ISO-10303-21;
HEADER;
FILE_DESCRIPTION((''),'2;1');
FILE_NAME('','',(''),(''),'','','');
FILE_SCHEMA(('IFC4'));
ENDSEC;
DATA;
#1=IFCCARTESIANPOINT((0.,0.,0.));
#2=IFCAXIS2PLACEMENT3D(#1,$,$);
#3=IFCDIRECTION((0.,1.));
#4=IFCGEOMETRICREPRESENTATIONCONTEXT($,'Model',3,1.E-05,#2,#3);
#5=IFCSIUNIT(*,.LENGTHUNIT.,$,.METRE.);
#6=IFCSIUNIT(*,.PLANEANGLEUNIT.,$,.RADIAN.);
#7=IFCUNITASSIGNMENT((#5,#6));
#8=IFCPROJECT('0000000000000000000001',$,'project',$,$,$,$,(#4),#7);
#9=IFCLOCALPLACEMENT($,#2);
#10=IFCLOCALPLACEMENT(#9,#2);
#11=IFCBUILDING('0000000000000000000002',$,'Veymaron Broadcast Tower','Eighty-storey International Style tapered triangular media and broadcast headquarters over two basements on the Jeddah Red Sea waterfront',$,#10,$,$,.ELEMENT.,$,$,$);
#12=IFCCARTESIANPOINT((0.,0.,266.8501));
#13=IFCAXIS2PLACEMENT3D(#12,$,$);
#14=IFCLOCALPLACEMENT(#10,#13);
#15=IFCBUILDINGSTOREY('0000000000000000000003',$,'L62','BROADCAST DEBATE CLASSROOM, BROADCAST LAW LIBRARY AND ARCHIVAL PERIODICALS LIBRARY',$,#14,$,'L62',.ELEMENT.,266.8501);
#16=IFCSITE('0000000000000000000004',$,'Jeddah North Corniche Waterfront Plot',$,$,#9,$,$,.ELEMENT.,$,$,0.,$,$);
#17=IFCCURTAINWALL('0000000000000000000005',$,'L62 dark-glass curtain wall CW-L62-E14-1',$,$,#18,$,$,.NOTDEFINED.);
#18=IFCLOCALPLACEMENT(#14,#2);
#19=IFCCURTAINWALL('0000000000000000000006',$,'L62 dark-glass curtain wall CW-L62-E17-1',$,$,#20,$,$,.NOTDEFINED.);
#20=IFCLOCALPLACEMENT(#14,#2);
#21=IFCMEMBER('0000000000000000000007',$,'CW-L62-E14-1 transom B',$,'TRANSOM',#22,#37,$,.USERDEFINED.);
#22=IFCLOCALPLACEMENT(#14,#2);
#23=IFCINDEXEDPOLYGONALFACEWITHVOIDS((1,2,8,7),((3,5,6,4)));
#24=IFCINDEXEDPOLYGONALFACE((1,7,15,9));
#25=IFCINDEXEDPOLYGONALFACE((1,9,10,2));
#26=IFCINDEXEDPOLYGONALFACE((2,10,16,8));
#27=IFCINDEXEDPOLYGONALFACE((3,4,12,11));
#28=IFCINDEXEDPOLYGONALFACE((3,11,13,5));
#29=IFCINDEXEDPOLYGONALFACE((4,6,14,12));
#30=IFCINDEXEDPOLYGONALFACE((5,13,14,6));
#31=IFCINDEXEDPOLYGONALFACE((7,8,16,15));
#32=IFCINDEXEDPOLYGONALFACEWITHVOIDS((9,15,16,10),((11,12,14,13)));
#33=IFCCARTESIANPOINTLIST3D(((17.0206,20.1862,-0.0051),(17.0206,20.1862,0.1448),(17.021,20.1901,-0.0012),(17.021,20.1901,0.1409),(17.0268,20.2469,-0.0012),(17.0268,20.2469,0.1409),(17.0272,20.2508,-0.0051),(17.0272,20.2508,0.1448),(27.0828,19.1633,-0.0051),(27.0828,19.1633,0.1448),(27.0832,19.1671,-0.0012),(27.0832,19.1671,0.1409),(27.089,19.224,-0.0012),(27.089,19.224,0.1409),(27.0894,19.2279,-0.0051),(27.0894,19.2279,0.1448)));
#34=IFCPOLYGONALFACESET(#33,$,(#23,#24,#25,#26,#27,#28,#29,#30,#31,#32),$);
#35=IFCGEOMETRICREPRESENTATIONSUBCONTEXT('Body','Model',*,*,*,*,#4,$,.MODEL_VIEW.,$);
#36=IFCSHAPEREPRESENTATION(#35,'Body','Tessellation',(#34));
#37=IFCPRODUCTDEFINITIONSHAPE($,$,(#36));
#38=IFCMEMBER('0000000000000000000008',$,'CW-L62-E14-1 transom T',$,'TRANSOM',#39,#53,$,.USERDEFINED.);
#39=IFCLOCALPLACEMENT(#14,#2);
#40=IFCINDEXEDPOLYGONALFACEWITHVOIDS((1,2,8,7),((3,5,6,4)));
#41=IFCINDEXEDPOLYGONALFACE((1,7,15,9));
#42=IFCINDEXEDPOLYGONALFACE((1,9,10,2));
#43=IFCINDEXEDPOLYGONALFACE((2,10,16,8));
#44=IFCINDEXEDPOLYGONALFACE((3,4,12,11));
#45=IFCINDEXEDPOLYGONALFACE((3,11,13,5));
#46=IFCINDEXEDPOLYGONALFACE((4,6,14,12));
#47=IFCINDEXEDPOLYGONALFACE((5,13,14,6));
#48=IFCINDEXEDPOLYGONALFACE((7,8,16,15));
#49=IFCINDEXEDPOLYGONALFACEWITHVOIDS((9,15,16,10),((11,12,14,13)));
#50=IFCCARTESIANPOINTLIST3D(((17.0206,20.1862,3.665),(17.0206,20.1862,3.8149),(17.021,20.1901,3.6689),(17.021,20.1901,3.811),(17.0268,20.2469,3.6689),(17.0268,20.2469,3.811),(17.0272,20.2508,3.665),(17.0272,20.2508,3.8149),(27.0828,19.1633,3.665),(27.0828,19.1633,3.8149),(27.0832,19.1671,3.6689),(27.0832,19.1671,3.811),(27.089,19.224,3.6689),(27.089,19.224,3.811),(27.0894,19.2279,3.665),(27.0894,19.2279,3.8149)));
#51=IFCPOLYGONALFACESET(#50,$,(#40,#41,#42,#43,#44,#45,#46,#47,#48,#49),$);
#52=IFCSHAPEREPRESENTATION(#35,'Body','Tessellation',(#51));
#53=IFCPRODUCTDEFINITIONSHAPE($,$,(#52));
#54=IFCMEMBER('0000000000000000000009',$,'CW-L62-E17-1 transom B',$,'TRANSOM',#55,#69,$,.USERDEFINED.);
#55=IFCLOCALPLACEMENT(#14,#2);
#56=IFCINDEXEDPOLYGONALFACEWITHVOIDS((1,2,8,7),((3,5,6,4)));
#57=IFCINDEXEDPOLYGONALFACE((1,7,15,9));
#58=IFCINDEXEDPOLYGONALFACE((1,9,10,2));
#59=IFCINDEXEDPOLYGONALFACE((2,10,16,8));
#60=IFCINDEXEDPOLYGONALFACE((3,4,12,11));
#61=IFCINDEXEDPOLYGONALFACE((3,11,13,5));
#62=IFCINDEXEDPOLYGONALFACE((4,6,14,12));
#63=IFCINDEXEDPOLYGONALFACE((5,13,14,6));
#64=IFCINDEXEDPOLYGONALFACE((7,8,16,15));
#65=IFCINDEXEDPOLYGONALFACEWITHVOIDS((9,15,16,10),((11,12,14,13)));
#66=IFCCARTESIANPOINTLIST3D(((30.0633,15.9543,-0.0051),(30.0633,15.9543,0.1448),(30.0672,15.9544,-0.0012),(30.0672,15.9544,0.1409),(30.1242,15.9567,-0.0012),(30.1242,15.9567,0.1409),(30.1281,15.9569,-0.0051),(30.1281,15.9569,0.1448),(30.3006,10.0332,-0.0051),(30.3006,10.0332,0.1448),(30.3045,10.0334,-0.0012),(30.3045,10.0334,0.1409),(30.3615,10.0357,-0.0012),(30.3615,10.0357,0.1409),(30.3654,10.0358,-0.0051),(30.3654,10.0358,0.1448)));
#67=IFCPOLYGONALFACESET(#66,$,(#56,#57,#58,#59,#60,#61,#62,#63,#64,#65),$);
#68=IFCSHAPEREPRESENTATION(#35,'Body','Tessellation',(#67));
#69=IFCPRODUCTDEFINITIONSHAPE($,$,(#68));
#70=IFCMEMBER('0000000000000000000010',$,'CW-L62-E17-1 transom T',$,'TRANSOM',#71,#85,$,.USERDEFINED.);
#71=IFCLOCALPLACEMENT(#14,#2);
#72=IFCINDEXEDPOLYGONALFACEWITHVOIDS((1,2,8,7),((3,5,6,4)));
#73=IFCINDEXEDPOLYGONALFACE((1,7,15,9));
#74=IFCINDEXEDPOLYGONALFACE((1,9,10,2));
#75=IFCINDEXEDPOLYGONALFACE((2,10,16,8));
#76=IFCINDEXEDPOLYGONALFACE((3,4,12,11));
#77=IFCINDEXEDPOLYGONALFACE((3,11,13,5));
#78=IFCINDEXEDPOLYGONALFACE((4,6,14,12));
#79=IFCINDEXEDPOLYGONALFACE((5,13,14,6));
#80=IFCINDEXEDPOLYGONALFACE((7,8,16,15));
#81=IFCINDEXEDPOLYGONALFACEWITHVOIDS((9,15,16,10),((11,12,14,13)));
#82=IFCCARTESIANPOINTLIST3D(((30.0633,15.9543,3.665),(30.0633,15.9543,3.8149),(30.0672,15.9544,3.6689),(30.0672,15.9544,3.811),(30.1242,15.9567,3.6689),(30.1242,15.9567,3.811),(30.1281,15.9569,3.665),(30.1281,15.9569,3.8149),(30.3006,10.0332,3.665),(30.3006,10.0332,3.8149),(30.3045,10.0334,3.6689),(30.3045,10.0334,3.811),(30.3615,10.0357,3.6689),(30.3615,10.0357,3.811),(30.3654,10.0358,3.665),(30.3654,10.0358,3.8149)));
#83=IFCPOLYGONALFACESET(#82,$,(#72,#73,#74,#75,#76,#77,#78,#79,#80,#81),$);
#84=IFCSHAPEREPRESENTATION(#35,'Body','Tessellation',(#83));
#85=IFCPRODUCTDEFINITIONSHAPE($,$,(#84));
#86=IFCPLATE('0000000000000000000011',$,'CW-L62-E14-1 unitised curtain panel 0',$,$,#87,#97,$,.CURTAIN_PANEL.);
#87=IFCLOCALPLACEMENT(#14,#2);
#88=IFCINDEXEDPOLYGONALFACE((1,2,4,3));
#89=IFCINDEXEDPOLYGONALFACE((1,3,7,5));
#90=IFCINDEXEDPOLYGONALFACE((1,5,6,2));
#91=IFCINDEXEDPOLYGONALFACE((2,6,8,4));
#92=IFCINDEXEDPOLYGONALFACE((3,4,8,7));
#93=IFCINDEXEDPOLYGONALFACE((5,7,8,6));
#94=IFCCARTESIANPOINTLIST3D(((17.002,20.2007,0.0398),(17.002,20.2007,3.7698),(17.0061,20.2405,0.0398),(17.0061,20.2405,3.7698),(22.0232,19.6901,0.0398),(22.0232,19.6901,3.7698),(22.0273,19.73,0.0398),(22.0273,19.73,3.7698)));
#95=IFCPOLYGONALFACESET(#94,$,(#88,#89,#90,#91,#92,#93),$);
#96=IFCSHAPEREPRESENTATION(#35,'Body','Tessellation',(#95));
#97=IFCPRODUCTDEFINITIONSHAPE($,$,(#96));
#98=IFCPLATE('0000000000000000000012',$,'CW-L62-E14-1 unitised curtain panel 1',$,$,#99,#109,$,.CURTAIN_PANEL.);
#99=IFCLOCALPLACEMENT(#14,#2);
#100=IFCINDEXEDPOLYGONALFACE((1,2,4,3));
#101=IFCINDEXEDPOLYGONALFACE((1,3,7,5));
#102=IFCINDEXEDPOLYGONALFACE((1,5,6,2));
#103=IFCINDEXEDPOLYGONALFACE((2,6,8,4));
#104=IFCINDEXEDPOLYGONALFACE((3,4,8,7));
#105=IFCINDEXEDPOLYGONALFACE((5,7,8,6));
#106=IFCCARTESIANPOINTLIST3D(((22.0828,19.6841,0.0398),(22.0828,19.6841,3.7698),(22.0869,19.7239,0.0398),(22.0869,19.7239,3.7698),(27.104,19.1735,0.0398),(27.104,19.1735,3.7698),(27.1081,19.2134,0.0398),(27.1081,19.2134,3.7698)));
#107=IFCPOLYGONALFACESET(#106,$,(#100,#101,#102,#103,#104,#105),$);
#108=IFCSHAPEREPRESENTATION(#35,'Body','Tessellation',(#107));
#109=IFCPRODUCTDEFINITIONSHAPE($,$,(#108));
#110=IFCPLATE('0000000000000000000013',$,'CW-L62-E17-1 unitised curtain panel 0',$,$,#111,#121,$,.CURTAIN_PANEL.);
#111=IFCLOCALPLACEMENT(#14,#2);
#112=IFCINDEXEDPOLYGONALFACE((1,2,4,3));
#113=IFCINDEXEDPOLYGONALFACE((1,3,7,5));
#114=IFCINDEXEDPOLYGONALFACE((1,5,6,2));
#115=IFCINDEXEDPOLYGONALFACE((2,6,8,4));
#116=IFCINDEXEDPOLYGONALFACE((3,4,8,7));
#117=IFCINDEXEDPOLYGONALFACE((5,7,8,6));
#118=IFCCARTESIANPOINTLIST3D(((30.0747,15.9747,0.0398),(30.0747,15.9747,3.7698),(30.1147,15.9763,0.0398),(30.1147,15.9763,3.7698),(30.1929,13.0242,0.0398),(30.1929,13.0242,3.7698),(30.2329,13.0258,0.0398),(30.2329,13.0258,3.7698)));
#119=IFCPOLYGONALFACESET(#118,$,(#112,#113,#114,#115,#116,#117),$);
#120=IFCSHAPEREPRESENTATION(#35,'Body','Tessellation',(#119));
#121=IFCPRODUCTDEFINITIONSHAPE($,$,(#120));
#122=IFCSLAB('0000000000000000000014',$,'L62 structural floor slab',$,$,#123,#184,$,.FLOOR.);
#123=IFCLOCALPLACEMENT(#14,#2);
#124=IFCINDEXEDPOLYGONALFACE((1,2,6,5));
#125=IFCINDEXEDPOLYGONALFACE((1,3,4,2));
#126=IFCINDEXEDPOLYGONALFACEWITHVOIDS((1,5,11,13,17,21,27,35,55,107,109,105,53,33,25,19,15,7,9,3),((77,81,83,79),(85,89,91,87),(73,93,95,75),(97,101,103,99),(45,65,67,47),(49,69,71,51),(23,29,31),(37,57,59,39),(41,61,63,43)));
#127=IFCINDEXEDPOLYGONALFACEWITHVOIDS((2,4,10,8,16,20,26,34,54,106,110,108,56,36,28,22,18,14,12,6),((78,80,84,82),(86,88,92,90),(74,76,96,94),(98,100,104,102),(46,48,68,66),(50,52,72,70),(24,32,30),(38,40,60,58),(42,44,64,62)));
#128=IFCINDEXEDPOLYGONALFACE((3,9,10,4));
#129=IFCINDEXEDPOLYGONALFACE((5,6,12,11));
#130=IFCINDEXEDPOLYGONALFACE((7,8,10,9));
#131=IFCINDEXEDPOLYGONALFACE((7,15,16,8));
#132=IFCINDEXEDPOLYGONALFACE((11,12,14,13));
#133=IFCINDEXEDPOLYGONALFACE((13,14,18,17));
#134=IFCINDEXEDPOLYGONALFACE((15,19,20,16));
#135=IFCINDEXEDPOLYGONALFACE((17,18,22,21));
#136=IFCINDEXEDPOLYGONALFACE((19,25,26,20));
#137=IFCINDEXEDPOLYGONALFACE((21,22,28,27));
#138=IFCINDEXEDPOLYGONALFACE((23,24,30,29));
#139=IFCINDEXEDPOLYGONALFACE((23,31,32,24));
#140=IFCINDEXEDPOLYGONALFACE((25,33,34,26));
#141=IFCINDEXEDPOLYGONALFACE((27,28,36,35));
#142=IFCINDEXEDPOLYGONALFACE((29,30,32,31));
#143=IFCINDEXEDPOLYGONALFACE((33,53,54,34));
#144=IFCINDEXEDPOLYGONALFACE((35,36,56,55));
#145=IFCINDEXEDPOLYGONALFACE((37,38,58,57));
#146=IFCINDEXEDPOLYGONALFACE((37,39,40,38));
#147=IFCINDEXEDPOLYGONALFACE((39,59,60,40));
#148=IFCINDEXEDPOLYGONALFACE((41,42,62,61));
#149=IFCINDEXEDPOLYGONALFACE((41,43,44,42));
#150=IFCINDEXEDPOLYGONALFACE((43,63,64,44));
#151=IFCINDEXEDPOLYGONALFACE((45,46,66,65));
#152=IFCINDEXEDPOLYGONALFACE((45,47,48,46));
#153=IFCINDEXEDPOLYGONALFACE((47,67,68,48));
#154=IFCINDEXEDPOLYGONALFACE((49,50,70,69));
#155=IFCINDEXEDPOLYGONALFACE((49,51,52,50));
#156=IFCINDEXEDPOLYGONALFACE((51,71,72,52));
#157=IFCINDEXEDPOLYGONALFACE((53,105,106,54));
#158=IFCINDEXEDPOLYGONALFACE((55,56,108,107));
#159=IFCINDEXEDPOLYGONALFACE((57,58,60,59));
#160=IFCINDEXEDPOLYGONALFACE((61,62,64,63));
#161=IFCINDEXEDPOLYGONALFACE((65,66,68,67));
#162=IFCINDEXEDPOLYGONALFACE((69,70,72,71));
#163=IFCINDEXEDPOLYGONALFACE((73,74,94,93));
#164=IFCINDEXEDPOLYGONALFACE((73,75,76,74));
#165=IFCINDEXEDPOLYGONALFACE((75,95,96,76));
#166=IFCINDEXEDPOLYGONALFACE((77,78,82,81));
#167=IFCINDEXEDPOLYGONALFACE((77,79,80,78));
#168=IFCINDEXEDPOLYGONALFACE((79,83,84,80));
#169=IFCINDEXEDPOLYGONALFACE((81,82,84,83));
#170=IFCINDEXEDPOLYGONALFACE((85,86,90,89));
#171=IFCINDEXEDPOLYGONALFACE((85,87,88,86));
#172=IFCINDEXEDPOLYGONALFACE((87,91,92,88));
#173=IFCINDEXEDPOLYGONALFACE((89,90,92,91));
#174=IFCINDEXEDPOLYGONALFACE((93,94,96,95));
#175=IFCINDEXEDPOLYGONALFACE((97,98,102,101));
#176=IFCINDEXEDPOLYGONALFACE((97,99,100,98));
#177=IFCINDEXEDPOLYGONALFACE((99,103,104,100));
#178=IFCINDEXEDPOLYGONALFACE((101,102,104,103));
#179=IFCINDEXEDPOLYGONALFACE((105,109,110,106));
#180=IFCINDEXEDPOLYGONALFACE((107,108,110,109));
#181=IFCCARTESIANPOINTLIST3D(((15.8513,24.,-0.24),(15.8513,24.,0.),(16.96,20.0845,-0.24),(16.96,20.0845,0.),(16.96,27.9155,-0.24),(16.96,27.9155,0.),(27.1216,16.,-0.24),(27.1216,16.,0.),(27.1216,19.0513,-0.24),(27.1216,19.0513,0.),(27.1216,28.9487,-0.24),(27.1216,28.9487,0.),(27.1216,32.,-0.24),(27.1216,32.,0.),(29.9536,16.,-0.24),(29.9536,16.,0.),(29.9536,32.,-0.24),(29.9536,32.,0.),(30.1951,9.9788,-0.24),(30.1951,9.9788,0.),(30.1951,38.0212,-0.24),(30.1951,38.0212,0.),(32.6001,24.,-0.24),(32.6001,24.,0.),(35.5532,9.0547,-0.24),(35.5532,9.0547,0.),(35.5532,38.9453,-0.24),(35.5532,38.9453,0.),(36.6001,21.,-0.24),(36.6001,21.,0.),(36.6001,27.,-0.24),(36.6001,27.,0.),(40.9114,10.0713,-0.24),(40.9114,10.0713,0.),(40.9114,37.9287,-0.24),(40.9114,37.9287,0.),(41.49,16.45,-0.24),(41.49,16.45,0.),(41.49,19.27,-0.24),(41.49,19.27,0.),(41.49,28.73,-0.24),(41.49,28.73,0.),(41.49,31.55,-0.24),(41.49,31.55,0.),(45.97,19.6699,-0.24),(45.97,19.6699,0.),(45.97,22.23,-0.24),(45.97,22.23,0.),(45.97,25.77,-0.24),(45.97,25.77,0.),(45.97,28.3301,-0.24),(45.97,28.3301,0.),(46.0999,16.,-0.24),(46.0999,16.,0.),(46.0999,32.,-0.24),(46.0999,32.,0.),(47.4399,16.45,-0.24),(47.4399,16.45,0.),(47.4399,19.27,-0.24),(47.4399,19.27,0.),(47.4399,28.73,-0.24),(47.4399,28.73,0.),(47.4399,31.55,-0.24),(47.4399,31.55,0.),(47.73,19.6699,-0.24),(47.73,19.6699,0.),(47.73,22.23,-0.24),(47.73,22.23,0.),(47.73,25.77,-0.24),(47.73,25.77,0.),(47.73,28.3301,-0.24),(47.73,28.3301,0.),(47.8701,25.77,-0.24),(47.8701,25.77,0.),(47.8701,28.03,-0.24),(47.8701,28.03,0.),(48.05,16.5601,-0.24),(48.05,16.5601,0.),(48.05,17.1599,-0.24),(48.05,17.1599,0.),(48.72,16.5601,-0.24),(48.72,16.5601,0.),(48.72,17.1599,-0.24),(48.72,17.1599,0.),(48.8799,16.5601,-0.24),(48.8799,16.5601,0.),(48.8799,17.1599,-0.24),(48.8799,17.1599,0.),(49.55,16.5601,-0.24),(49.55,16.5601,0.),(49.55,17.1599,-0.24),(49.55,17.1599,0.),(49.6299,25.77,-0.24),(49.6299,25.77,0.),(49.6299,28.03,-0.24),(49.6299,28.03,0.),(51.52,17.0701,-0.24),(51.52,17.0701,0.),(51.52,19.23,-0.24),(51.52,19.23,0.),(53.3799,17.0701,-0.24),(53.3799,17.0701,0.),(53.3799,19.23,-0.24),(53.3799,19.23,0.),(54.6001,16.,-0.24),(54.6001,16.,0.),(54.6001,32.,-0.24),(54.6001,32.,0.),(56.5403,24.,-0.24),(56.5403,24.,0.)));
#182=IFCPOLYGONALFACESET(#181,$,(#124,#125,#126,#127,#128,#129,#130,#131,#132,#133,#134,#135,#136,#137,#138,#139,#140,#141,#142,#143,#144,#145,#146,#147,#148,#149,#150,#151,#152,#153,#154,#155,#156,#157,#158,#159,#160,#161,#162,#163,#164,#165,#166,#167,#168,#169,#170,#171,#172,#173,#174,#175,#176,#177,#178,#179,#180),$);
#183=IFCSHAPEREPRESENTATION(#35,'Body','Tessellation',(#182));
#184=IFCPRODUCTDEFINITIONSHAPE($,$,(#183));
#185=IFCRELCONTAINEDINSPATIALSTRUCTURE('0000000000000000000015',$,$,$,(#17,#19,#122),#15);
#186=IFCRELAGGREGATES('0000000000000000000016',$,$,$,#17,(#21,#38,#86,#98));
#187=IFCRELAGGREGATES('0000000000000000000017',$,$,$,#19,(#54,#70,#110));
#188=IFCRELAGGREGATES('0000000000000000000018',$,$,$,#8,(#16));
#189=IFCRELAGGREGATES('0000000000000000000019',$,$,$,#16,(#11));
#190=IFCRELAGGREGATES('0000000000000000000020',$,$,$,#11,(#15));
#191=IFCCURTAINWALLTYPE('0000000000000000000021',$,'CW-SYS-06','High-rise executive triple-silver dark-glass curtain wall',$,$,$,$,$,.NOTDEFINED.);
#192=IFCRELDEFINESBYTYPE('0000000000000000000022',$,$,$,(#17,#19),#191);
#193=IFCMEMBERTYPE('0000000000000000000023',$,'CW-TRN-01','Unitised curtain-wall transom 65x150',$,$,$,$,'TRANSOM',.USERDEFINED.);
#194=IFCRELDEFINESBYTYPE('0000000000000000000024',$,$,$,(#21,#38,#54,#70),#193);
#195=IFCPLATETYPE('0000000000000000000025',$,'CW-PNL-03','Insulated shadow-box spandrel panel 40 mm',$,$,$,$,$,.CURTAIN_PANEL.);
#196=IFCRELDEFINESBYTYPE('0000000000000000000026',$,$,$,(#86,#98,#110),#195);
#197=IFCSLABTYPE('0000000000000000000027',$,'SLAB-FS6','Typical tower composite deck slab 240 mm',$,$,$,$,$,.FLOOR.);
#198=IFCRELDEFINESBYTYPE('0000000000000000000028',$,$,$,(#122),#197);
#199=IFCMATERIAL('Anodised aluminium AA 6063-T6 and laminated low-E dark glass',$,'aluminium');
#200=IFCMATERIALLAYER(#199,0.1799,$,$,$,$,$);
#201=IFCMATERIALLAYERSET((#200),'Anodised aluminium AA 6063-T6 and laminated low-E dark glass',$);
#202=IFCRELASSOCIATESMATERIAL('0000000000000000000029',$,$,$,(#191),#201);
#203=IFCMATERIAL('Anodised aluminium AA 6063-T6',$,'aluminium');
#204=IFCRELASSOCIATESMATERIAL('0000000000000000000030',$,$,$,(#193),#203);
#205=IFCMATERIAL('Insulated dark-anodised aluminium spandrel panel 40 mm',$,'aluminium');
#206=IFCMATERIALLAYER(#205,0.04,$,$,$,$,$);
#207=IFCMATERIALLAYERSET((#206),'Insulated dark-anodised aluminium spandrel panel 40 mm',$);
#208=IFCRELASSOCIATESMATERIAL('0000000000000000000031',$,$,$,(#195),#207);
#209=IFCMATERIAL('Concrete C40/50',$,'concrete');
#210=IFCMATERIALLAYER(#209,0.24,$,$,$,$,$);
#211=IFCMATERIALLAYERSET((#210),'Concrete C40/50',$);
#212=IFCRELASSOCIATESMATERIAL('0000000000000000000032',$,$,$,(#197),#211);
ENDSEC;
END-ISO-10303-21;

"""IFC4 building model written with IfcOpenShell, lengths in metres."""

from ifc_helpers import new_model, si_unit, direction, frame, origin, origin_2d, place, context, subcontext, project, spatial, polyline, rectangle, hollow_rectangle, outline, extrude, material, layer, layer_set, material_profile, profile_set, type_object, element, aggregate, save


model = new_model("IFC4")

# Units and contexts
model_context = context("Model", 3, precision=1e-05, world=origin(), true_north=direction((0.0, 1.0)))
body_context = subcontext(model_context, "Body", "Model", "MODEL_VIEW")
ifc_project = project(units=[si_unit("LENGTHUNIT", "METRE"), si_unit("PLANEANGLEUNIT", "RADIAN")], contexts=[model_context])

# Site, building, storey
site_placement = place(None, origin())
site = spatial("IfcSite", under=ifc_project, at=site_placement, Name="Jeddah North Corniche Waterfront Plot", CompositionType="ELEMENT", RefElevation=0.0)
building_placement = place(site_placement, origin())
building = spatial("IfcBuilding", under=site, at=building_placement, Name="Veymaron Broadcast Tower", Description="Eighty-storey International Style tapered triangular media and broadcast headquarters over two basements on the Jeddah Red Sea waterfront", CompositionType="ELEMENT")
storey_placement = place(building_placement, frame((0.0, 0.0, 266.8501)))
storey = spatial("IfcBuildingStorey", under=building, at=storey_placement, Name="L62", Description="BROADCAST DEBATE CLASSROOM, BROADCAST LAW LIBRARY AND ARCHIVAL PERIODICALS LIBRARY", LongName="L62", CompositionType="ELEMENT", Elevation=266.8501)

# Curtain walls
ifc_material_1 = material(Name="Anodised aluminium AA 6063-T6 and laminated low-E dark glass", Category="aluminium")
ifc_layer_1 = layer(ifc_material_1, 0.1799)
ifc_layer_set_1 = layer_set([ifc_layer_1], Name="Anodised aluminium AA 6063-T6 and laminated low-E dark glass")
curtain_wall_type = type_object("IfcCurtainWallType", Name="CW-SYS-06", Description="High-rise executive triple-silver dark-glass curtain wall", PredefinedType="NOTDEFINED", material=ifc_layer_set_1)
curtain_wall_1_placement = place(storey_placement, origin())
curtain_wall_1 = element("IfcCurtainWall", 1, at=curtain_wall_1_placement, inside=storey, type_object=curtain_wall_type, Name="L62 dark-glass curtain wall CW-L62-E14-1", PredefinedType="NOTDEFINED")
ifc_material_2 = material(Name="Anodised aluminium AA 6063-T6", Category="aluminium")
curtain_wall_2_placement = place(storey_placement, origin())
curtain_wall_2 = element("IfcCurtainWall", 2, at=curtain_wall_2_placement, inside=storey, type_object=curtain_wall_type, Name="L62 dark-glass curtain wall CW-L62-E17-1", PredefinedType="NOTDEFINED")

# Members
ifc_material_profile_1 = material_profile(ifc_material_2, hollow_rectangle(XDim=0.0649, YDim=0.1499, WallThickness=0.0039, at=origin_2d()), Name="AL150X65X4")
ifc_profile_set_1 = profile_set([ifc_material_profile_1], Name="Anodised aluminium AA 6063-T6")
member_type_1 = type_object("IfcMemberType", Name="CW-TRN-01", Description="Unitised curtain-wall transom 65x150", ElementType="TRANSOM", PredefinedType="USERDEFINED", material=ifc_profile_set_1)
member_1_placement = place(storey_placement, frame((17.0239, 20.2185, 0.0698), z_axis=(0.994872, -0.101141, 0.0), x_axis=(0.101141, 0.994872, 0.0)))
member_1 = element("IfcMember", 3, at=member_1_placement, type_object=member_type_1, Name="CW-L62-E14-1 transom B", ObjectType="TRANSOM", PredefinedType="USERDEFINED", context=body_context, shape_type="SweptSolid", body=[
    extrude(hollow_rectangle(XDim=0.0649, YDim=0.1499, WallThickness=0.0039, at=origin_2d()), origin(), (0.0, 0.0, 1.0), 10.114),
])
member_2_placement = place(storey_placement, frame((17.0239, 20.2185, 3.74), z_axis=(0.994872, -0.101141, 0.0), x_axis=(0.101141, 0.994872, 0.0)))
member_2 = element("IfcMember", 4, at=member_2_placement, type_object=member_type_1, Name="CW-L62-E14-1 transom T", ObjectType="TRANSOM", PredefinedType="USERDEFINED", context=body_context, shape_type="SweptSolid", body=[
    extrude(hollow_rectangle(XDim=0.0649, YDim=0.1499, WallThickness=0.0039, at=origin_2d()), origin(), (0.0, 0.0, 1.0), 10.114),
])
member_3_placement = place(storey_placement, frame((30.0957, 15.9556, 0.0698), z_axis=(0.040045, -0.999198, 0.0), x_axis=(0.999198, 0.040045, 0.0)))
member_3 = element("IfcMember", 5, at=member_3_placement, type_object=member_type_1, Name="CW-L62-E17-1 transom B", ObjectType="TRANSOM", PredefinedType="USERDEFINED", context=body_context, shape_type="SweptSolid", body=[
    extrude(hollow_rectangle(XDim=0.0649, YDim=0.1499, WallThickness=0.0039, at=origin_2d()), origin(), (0.0, 0.0, 1.0), 5.9258),
])
member_4_placement = place(storey_placement, frame((30.0957, 15.9556, 3.74), z_axis=(0.040045, -0.999198, 0.0), x_axis=(0.999198, 0.040045, 0.0)))
member_4 = element("IfcMember", 6, at=member_4_placement, type_object=member_type_1, Name="CW-L62-E17-1 transom T", ObjectType="TRANSOM", PredefinedType="USERDEFINED", context=body_context, shape_type="SweptSolid", body=[
    extrude(hollow_rectangle(XDim=0.0649, YDim=0.1499, WallThickness=0.0039, at=origin_2d()), origin(), (0.0, 0.0, 1.0), 5.9258),
])

# Plates
ifc_material_3 = material(Name="Insulated dark-anodised aluminium spandrel panel 40 mm", Category="aluminium")
ifc_layer_2 = layer(ifc_material_3, 0.04)
ifc_layer_set_2 = layer_set([ifc_layer_2], Name="Insulated dark-anodised aluminium spandrel panel 40 mm")
plate_type = type_object("IfcPlateType", Name="CW-PNL-03", Description="Insulated shadow-box spandrel panel 40 mm", PredefinedType="CURTAIN_PANEL", material=ifc_layer_set_2)
plate_1_placement = place(storey_placement, frame((19.5146, 19.9653, 0.0398), z_axis=(0.0, 0.0, 1.0), x_axis=(0.99487, -0.10116, 0.0)))
plate_1 = element("IfcPlate", 7, at=plate_1_placement, type_object=plate_type, Name="CW-L62-E14-1 unitised curtain panel 0", PredefinedType="CURTAIN_PANEL", context=body_context, shape_type="SweptSolid", body=[
    extrude(rectangle(XDim=5.0471, YDim=0.04, at=origin_2d()), origin(), (0.0, 0.0, 1.0), 3.73),
])
plate_2_placement = place(storey_placement, frame((24.5955, 19.4487, 0.0398), z_axis=(0.0, 0.0, 1.0), x_axis=(0.99487, -0.10116, 0.0)))
plate_2 = element("IfcPlate", 8, at=plate_2_placement, type_object=plate_type, Name="CW-L62-E14-1 unitised curtain panel 1", PredefinedType="CURTAIN_PANEL", context=body_context, shape_type="SweptSolid", body=[
    extrude(rectangle(XDim=5.0471, YDim=0.04, at=origin_2d()), origin(), (0.0, 0.0, 1.0), 3.73),
])
aggregate(curtain_wall_1, [member_1, member_2, plate_1, plate_2])
plate_3_placement = place(storey_placement, frame((30.1538, 14.5002, 0.0398), z_axis=(0.0, 0.0, 1.0), x_axis=(0.040045, -0.999198, 0.0)))
plate_3 = element("IfcPlate", 9, at=plate_3_placement, type_object=plate_type, Name="CW-L62-E17-1 unitised curtain panel 0", PredefinedType="CURTAIN_PANEL", context=body_context, shape_type="SweptSolid", body=[
    extrude(rectangle(XDim=2.9529, YDim=0.04, at=origin_2d()), origin(), (0.0, 0.0, 1.0), 3.73),
])
aggregate(curtain_wall_2, [member_3, member_4, plate_3])

# Slab
ifc_material_4 = material(Name="Concrete C40/50", Category="concrete")
ifc_layer_3 = layer(ifc_material_4, 0.24)
ifc_layer_set_3 = layer_set([ifc_layer_3], Name="Concrete C40/50")
slab_type_1 = type_object("IfcSlabType", Name="SLAB-FS6", Description="Typical tower composite deck slab 240 mm", PredefinedType="FLOOR", material=ifc_layer_set_3)
slab_1_placement = place(storey_placement, frame((0.0, 0.0, -0.24)))
element("IfcSlab", 10, at=slab_1_placement, inside=storey, type_object=slab_type_1, Name="L62 structural floor slab", PredefinedType="FLOOR", context=body_context, shape_type="SweptSolid", body=[
    extrude(outline(polyline([(46.0999, 16.0), (54.6001, 16.0), (56.5403, 24.0), (54.6001, 32.0), (46.0999, 32.0), (40.9114, 37.9287), (35.5532, 38.9453), (30.1951, 38.0212), (29.9536, 32.0), (27.1216, 32.0), (27.1216, 28.9487), (16.96, 27.9155), (15.8513, 24.0), (16.96, 20.0845), (27.1216, 19.0513), (27.1216, 16.0), (29.9536, 16.0), (30.1951, 9.9788), (35.5532, 9.0547), (40.9114, 10.0713), (46.0999, 16.0)]), holes=[polyline([(45.97, 28.3301), (47.73, 28.3301), (47.73, 25.77), (45.97, 25.77), (45.97, 28.3301)]), polyline([(45.97, 22.23), (47.73, 22.23), (47.73, 19.6699), (45.97, 19.6699), (45.97, 22.23)]), polyline([(47.8701, 28.03), (49.6299, 28.03), (49.6299, 25.77), (47.8701, 25.77), (47.8701, 28.03)]), polyline([(51.52, 19.23), (53.3799, 19.23), (53.3799, 17.0701), (51.52, 17.0701), (51.52, 19.23)]), polyline([(48.05, 17.1599), (48.72, 17.1599), (48.72, 16.5601), (48.05, 16.5601), (48.05, 17.1599)]), polyline([(48.8799, 17.1599), (49.55, 17.1599), (49.55, 16.5601), (48.8799, 16.5601), (48.8799, 17.1599)]), polyline([(36.6001, 27.0), (36.6001, 21.0), (32.6001, 24.0), (36.6001, 27.0)]), polyline([(41.49, 31.55), (47.4399, 31.55), (47.4399, 28.73), (41.49, 28.73), (41.49, 31.55)]), polyline([(41.49, 19.27), (47.4399, 19.27), (47.4399, 16.45), (41.49, 16.45), (41.49, 19.27)])]), origin(), (0.0, 0.0, 1.0), 0.24),
])

save(model, "model.ifc")
